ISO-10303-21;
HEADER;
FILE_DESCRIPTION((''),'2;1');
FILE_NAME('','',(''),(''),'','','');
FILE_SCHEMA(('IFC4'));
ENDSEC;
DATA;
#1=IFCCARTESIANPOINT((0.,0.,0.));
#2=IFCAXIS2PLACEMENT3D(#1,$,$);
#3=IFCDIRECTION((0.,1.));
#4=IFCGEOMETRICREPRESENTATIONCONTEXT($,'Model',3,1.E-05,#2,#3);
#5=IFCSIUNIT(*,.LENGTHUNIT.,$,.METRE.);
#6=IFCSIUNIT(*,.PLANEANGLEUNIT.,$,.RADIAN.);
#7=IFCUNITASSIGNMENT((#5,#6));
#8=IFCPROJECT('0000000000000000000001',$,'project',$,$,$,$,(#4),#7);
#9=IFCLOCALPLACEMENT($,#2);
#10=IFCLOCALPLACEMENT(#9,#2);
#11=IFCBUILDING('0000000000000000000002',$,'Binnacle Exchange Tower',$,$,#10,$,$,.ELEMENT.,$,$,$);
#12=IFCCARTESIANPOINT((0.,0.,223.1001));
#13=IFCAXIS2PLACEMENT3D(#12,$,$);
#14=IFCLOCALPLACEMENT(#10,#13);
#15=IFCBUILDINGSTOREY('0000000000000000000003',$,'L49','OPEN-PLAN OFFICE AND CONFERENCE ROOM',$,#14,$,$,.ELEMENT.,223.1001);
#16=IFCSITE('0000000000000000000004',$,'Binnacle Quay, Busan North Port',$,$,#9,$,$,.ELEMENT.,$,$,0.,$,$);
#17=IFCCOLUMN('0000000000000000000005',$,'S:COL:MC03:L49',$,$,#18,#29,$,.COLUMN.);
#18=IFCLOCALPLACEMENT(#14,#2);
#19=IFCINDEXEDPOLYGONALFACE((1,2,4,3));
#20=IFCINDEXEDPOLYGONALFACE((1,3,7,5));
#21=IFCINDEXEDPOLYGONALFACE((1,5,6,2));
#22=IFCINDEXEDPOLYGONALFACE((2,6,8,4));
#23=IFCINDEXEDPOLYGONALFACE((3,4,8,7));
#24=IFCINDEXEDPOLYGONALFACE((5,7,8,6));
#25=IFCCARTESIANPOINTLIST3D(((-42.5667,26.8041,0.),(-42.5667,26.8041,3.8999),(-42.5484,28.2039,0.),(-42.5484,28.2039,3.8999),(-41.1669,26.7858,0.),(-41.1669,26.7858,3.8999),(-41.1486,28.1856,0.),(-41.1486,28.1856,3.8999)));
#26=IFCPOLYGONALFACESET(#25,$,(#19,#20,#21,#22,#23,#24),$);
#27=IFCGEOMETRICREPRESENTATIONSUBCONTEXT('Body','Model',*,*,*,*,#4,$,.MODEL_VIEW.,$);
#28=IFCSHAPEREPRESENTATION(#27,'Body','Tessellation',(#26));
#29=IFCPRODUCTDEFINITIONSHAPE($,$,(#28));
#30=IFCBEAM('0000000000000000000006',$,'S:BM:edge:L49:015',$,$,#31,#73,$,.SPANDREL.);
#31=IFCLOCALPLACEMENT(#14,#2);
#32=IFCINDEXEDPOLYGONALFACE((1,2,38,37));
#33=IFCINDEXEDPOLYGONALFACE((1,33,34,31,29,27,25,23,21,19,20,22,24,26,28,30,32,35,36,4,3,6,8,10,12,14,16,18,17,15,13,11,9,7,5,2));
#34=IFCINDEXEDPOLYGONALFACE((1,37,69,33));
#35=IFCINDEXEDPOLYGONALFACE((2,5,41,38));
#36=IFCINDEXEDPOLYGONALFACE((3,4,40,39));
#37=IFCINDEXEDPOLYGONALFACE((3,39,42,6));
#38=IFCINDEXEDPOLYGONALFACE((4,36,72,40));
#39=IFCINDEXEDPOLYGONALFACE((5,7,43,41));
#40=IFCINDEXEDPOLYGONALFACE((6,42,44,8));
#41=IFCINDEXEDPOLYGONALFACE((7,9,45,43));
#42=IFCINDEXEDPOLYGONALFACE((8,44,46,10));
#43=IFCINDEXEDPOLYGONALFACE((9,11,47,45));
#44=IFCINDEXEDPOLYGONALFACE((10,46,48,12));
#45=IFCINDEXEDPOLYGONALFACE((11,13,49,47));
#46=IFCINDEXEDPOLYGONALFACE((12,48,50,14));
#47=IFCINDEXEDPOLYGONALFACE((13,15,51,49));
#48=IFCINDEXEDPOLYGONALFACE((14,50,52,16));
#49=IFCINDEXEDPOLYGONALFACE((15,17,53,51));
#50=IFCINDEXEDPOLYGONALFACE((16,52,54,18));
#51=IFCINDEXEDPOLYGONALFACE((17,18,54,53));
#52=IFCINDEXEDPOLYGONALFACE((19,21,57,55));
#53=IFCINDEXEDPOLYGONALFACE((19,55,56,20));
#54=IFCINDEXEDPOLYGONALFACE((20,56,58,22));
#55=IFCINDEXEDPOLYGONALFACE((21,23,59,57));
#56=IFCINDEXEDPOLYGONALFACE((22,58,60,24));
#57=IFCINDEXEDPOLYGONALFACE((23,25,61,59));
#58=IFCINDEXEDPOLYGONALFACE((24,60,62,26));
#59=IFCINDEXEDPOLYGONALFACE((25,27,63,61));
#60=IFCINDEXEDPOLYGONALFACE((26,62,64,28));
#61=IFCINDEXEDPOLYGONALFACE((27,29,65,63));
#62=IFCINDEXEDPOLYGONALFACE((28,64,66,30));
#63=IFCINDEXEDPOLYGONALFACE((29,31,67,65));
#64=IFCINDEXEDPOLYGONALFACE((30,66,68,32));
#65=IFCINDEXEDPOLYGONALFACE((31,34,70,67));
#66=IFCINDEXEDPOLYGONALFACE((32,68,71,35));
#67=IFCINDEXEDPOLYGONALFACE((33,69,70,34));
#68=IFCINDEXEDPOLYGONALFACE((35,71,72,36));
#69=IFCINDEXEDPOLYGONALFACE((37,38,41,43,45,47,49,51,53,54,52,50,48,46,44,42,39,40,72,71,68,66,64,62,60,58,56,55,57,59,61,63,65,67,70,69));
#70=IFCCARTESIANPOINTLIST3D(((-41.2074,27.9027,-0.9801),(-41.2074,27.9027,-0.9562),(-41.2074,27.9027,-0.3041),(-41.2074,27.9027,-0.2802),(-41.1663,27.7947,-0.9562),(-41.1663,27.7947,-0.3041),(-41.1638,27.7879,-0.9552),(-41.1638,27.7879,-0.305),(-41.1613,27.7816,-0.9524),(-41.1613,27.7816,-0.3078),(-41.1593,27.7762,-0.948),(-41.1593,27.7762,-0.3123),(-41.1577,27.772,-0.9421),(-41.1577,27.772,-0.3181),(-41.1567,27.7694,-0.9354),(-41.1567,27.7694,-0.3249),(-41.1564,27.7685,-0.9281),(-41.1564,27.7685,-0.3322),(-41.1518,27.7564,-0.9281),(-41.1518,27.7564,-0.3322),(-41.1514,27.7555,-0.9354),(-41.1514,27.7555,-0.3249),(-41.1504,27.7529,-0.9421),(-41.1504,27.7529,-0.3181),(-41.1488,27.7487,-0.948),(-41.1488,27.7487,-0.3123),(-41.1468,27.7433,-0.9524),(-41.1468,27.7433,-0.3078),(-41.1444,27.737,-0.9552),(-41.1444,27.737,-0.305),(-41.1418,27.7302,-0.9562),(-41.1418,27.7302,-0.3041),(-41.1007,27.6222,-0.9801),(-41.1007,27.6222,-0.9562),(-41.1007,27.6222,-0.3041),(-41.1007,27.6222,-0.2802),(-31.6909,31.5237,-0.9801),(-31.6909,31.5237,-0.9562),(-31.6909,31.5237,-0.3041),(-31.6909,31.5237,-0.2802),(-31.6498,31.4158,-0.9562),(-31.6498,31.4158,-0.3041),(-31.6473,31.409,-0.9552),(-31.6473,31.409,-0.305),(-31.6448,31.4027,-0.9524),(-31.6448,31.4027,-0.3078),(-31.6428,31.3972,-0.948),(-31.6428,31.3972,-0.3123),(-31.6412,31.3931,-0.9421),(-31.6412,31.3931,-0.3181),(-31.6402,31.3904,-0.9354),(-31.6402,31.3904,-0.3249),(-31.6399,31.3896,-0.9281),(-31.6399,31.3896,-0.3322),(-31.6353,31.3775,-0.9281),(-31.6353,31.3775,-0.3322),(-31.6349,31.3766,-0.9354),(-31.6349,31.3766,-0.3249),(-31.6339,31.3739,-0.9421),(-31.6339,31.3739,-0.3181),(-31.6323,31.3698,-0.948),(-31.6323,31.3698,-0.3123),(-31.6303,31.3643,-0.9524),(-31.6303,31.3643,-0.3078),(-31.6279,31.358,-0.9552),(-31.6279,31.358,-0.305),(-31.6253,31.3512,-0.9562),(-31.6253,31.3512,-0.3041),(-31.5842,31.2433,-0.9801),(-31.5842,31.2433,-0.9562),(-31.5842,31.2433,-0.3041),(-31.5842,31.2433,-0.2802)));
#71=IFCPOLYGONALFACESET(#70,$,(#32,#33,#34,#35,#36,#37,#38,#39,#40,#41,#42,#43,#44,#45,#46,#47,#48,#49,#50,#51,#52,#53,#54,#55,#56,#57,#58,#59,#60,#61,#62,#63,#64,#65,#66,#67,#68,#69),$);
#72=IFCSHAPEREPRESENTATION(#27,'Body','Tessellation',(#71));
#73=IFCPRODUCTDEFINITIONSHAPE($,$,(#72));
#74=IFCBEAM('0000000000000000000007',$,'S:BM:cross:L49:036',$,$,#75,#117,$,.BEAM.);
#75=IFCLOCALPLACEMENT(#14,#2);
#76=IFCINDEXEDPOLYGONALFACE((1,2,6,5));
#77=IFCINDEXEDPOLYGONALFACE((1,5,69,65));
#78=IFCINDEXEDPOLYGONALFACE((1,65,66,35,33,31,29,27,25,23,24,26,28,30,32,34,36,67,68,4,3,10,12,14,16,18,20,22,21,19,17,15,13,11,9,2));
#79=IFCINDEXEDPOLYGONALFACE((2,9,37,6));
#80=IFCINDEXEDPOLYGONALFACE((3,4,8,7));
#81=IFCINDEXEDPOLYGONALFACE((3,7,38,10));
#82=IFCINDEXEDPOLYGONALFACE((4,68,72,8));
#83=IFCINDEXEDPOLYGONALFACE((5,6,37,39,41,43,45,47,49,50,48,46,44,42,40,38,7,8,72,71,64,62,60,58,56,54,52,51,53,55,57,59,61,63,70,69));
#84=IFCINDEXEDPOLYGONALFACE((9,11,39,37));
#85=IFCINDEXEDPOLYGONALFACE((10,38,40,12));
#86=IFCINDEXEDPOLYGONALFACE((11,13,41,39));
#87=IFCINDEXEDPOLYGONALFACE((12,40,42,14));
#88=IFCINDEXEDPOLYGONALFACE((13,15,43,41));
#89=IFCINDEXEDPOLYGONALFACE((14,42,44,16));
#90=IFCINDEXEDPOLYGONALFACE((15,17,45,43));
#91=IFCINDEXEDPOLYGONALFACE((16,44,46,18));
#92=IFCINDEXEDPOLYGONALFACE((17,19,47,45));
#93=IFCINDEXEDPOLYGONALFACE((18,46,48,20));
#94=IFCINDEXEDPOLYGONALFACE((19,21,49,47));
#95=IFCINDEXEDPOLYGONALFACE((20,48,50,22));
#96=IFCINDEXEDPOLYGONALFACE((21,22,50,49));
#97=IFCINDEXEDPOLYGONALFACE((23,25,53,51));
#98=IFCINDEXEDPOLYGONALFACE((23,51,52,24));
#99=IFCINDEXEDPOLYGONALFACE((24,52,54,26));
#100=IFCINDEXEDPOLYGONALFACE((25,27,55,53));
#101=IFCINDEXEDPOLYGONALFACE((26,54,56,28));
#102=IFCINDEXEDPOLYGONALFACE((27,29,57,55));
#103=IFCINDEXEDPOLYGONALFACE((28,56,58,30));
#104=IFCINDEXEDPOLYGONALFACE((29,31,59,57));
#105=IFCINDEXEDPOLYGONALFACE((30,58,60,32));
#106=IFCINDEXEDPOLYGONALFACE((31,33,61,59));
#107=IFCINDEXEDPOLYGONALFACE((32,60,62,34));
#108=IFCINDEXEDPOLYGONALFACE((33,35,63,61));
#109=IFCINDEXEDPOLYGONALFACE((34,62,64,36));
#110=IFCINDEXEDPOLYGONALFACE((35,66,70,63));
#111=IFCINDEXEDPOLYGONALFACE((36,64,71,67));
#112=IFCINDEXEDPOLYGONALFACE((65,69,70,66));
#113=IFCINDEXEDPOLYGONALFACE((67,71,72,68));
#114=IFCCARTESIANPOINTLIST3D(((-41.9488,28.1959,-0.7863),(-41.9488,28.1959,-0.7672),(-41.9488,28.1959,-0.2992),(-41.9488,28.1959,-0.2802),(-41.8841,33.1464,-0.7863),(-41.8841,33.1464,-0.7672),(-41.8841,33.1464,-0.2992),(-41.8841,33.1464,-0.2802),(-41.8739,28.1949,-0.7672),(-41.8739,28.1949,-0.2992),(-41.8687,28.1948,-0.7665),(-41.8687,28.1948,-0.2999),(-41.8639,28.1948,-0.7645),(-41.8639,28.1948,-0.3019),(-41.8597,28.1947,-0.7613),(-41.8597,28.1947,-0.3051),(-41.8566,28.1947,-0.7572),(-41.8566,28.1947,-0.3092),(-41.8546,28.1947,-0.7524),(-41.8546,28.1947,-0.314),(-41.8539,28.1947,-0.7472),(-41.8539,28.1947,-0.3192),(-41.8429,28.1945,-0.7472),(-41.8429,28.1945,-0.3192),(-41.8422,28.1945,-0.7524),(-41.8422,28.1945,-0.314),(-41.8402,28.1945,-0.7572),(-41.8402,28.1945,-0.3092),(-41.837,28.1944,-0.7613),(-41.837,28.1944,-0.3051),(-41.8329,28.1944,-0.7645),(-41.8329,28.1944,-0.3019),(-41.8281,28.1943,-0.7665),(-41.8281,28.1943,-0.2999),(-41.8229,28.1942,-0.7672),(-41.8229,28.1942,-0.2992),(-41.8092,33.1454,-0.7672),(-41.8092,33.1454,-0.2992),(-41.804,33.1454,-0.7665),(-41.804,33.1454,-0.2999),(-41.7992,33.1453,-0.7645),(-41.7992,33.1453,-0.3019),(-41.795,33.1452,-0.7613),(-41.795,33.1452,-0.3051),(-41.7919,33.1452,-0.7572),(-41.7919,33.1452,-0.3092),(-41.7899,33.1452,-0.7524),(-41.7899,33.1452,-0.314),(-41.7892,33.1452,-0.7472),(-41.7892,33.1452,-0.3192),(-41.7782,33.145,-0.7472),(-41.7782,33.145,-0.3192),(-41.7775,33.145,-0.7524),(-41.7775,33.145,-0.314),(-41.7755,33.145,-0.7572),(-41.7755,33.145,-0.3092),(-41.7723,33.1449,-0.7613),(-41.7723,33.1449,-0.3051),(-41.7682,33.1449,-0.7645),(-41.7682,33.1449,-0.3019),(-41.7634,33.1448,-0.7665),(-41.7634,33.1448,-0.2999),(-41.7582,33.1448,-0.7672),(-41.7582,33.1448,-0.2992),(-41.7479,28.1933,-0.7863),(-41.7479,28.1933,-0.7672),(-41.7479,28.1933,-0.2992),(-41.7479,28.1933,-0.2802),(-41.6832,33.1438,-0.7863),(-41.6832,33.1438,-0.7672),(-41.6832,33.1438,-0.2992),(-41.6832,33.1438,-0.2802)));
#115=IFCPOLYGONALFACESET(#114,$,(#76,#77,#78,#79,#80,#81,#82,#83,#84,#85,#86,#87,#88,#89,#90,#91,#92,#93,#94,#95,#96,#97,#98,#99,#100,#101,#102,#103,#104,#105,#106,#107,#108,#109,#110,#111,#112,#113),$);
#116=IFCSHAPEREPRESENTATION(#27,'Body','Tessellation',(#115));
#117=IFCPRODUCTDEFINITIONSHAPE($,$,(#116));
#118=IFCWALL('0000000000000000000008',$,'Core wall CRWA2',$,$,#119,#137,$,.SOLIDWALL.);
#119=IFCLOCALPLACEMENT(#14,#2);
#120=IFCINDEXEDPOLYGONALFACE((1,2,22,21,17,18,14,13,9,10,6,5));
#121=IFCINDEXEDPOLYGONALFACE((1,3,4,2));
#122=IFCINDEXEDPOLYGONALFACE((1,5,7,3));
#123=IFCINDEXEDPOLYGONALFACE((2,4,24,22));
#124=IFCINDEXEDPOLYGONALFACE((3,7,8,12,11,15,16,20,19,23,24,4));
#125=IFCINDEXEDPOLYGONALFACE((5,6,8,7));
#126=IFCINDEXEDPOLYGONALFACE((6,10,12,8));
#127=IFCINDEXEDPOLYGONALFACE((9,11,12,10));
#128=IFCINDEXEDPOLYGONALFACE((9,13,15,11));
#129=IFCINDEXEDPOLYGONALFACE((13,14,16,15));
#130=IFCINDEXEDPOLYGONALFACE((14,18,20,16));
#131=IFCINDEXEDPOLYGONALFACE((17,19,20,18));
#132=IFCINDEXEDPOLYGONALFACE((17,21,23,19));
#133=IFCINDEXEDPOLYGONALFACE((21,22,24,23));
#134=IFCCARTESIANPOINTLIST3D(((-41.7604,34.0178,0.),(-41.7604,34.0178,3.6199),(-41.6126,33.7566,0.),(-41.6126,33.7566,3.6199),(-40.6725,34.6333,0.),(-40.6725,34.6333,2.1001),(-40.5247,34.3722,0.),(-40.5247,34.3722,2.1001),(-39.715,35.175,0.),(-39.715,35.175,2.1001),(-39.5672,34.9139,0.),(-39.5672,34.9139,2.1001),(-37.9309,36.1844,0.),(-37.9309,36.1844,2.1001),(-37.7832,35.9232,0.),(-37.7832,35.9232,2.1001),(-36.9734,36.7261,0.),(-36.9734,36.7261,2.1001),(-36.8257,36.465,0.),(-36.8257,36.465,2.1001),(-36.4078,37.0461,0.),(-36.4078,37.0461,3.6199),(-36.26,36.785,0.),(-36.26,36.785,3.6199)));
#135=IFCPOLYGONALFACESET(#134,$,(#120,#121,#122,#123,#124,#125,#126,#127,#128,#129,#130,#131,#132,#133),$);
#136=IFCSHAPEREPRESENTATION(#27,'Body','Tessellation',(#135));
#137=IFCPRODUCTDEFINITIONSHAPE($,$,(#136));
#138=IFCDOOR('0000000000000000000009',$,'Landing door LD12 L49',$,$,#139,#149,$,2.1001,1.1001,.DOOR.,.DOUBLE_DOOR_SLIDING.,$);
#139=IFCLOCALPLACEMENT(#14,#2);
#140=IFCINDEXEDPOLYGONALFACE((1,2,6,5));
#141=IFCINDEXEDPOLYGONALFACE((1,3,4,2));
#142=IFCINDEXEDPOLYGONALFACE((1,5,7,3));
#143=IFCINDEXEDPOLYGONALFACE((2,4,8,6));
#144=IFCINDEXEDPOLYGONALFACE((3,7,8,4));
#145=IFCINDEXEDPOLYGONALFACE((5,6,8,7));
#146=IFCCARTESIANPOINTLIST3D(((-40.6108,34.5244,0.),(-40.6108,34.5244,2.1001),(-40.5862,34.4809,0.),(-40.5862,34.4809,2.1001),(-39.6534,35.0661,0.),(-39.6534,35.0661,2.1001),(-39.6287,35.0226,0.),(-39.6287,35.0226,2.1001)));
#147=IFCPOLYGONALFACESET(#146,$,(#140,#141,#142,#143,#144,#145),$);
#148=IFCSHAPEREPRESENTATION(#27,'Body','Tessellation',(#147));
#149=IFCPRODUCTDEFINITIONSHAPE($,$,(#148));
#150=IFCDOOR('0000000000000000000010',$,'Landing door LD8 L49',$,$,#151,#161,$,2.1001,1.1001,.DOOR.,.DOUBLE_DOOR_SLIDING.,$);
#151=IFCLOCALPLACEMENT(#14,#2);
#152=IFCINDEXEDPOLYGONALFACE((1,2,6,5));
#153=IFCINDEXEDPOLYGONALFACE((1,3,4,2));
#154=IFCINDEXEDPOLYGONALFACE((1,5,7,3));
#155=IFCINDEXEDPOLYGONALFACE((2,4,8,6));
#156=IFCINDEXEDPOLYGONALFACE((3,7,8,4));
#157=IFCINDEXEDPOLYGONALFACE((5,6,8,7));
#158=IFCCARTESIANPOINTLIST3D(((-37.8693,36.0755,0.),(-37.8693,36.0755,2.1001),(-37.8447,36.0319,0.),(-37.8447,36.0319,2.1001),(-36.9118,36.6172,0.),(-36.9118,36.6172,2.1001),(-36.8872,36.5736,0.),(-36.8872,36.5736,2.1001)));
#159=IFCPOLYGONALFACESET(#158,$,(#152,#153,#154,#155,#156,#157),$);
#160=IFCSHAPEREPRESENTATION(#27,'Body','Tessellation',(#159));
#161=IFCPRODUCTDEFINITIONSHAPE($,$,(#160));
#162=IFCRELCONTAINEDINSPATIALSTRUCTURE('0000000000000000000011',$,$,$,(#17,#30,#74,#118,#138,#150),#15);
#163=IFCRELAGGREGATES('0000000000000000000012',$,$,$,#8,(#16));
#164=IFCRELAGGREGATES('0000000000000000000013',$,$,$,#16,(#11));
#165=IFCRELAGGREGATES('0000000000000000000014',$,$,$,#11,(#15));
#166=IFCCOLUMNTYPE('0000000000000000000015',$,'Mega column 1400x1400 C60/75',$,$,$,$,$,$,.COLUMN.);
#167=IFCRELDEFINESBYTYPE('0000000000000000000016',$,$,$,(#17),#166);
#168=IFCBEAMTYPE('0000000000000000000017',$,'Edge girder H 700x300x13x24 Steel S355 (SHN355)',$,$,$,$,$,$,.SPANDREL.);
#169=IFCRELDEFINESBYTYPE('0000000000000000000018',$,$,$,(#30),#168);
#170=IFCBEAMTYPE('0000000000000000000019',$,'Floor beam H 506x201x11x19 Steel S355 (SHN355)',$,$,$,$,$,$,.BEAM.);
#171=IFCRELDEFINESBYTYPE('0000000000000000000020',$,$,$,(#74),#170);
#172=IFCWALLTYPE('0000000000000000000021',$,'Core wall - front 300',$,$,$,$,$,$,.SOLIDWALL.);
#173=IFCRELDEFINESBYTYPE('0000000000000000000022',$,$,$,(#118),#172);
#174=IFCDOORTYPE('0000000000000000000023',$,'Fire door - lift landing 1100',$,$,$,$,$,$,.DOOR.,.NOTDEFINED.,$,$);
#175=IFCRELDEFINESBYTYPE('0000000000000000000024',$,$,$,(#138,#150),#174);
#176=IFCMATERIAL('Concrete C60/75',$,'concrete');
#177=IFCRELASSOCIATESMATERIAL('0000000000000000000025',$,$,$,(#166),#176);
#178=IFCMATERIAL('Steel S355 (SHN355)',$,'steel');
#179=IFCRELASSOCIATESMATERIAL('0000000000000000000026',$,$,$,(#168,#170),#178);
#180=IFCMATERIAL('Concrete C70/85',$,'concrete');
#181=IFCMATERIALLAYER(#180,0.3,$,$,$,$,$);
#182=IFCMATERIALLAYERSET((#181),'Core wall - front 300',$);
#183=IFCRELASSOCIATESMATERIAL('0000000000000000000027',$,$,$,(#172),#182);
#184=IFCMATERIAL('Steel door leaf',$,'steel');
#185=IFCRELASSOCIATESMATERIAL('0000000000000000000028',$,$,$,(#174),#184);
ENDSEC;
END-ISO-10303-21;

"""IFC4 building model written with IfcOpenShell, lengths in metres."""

from ifc_helpers import new_model, si_unit, direction, frame, frame_2d, origin, origin_2d, place, context, subcontext, project, spatial, rectangle, i_section, extrude, material, layer, layer_set, material_profile, profile_set, type_object, element, fill, save


model = new_model("IFC4")

# Units and contexts
model_context = context("Model", 3, precision=1e-05, world=origin(), true_north=direction((0.0, 1.0)))
body_context = subcontext(model_context, "Body", "Model", "MODEL_VIEW")
ifc_project = project(units=[si_unit("LENGTHUNIT", "METRE"), si_unit("PLANEANGLEUNIT", "RADIAN")], contexts=[model_context])

# Site, building, storey
site_placement = place(None, origin())
site = spatial("IfcSite", under=ifc_project, at=site_placement, Name="Binnacle Quay, Busan North Port", CompositionType="ELEMENT", RefElevation=0.0)
building_placement = place(site_placement, origin())
building = spatial("IfcBuilding", under=site, at=building_placement, Name="Binnacle Exchange Tower", CompositionType="ELEMENT")
storey_placement = place(building_placement, frame((0.0, 0.0, 223.1001)))
storey = spatial("IfcBuildingStorey", under=building, at=storey_placement, Name="L49", Description="OPEN-PLAN OFFICE AND CONFERENCE ROOM", CompositionType="ELEMENT", Elevation=223.1001)

# Column
ifc_material_1 = material(Name="Concrete C60/75", Category="concrete")
ifc_material_profile_1 = material_profile(ifc_material_1, rectangle(XDim=1.3999, YDim=1.3999, at=origin_2d()), Name="Mega column 1400x1400 C60/75")
ifc_profile_set_1 = profile_set([ifc_material_profile_1], Name="Concrete C60/75")
column_type = type_object("IfcColumnType", Name="Mega column 1400x1400 C60/75", PredefinedType="COLUMN", material=ifc_profile_set_1)
column_placement = place(storey_placement, frame((-41.8577, 27.4949, 0.0), z_axis=(0.0, 0.0, 1.0), x_axis=(0.999914, -0.01309, 0.0)))
element("IfcColumn", 1, at=column_placement, inside=storey, type_object=column_type, Name="S:COL:MC03:L49", PredefinedType="COLUMN", context=body_context, shape_type="SweptSolid", body=[
    extrude(rectangle(XDim=1.3999, YDim=1.3999, at=origin_2d()), origin(), (0.0, 0.0, 1.0), 3.8999),
])

# Beams
ifc_material_2 = material(Name="Steel S355 (SHN355)", Category="steel")
ifc_material_profile_2 = material_profile(ifc_material_2, i_section(OverallWidth=0.3, OverallDepth=0.7, WebThickness=0.0129, FlangeThickness=0.0239, FilletRadius=0.0281, at=origin_2d()), Name="H 700x300x13x24")
ifc_profile_set_2 = profile_set([ifc_material_profile_2], Name="Steel S355 (SHN355)")
beam_type_1 = type_object("IfcBeamType", Name="Edge girder H 700x300x13x24 Steel S355 (SHN355)", PredefinedType="SPANDREL", material=ifc_profile_set_2)
beam_1_placement = place(storey_placement, frame((-41.1541, 27.7625, -0.6301), z_axis=(0.934627, 0.355628, 0.0), x_axis=(-0.355628, 0.934627, 0.0)))
element("IfcBeam", 2, at=beam_1_placement, inside=storey, type_object=beam_type_1, Name="S:BM:edge:L49:015", PredefinedType="SPANDREL", context=body_context, shape_type="SweptSolid", body=[
    extrude(i_section(OverallWidth=0.3, OverallDepth=0.7, WebThickness=0.0129, FlangeThickness=0.0239, FilletRadius=0.0281, at=origin_2d()), origin(), (0.0, 0.0, 1.0), 10.1821),
])
ifc_material_profile_3 = material_profile(ifc_material_2, i_section(OverallWidth=0.2009, OverallDepth=0.5061, WebThickness=0.011, FlangeThickness=0.019, FilletRadius=0.02, at=origin_2d()), Name="H 506x201x11x19")
ifc_profile_set_3 = profile_set([ifc_material_profile_3], Name="Steel S355 (SHN355)")
beam_type_2 = type_object("IfcBeamType", Name="Floor beam H 506x201x11x19 Steel S355 (SHN355)", PredefinedType="BEAM", material=ifc_profile_set_3)
beam_2_placement = place(storey_placement, frame((-41.8484, 28.1946, -0.5332), z_axis=(0.013068, 0.999915, 0.0), x_axis=(-0.999915, 0.013068, 0.0)))
element("IfcBeam", 3, at=beam_2_placement, inside=storey, type_object=beam_type_2, Name="S:BM:cross:L49:036", PredefinedType="BEAM", context=body_context, shape_type="SweptSolid", body=[
    extrude(i_section(OverallWidth=0.2009, OverallDepth=0.5061, WebThickness=0.011, FlangeThickness=0.019, FilletRadius=0.02, at=origin_2d()), origin(), (0.0, 0.0, 1.0), 4.9509),
])

# Wall, openings, doors
ifc_material_3 = material(Name="Concrete C70/85", Category="concrete")
ifc_layer_1 = layer(ifc_material_3, 0.3)
ifc_layer_set_1 = layer_set([ifc_layer_1], Name="Core wall - front 300")
wall_type_1 = type_object("IfcWallType", Name="Core wall - front 300", PredefinedType="SOLIDWALL", material=ifc_layer_set_1)
wall_1_placement = place(storey_placement, frame((-41.6865, 33.8872, 0.0), z_axis=(0.0, 0.0, 1.0), x_axis=(0.870356, 0.492423, 0.0)))
wall_1 = element("IfcWall", 4, at=wall_1_placement, inside=storey, type_object=wall_type_1, Name="Core wall CRWA2", PredefinedType="SOLIDWALL", context=body_context, shape_type="SweptSolid", body=[
    extrude(rectangle(XDim=6.1499, YDim=0.3, at=frame_2d((3.075, 0.0))), origin(), (0.0, 0.0, 1.0), 3.6199),
])
opening_1_placement = place(wall_1_placement, frame((1.25, 0.0, 0.0)))
opening_1 = element("IfcOpeningElement", 5, at=opening_1_placement, cuts=wall_1, PredefinedType="OPENING", context=body_context, shape_type="SweptSolid", body=[
    extrude(rectangle(XDim=1.1001, YDim=2.1001, at=frame_2d((0.55, 1.05))), frame((0.0, 0.1599, 0.0), z_axis=(0.0, -1.0, 0.0), x_axis=(1.0, 0.0, 0.0)), (0.0, 0.0, 1.0), 0.3201),
])
opening_2_placement = place(wall_1_placement, frame((4.3999, 0.0, 0.0)))
opening_2 = element("IfcOpeningElement", 6, at=opening_2_placement, cuts=wall_1, PredefinedType="OPENING", context=body_context, shape_type="SweptSolid", body=[
    extrude(rectangle(XDim=1.1001, YDim=2.1001, at=frame_2d((0.55, 1.05))), frame((0.0, 0.1599, 0.0), z_axis=(0.0, -1.0, 0.0), x_axis=(1.0, 0.0, 0.0)), (0.0, 0.0, 1.0), 0.3201),
])
ifc_material_4 = material(Name="Steel door leaf", Category="steel")
door_type_1 = type_object("IfcDoorType", Name="Fire door - lift landing 1100", OperationType="NOTDEFINED", PredefinedType="DOOR", material=ifc_material_4)
door_1_placement = place(opening_1_placement, origin())
door_1 = element("IfcDoor", 7, at=door_1_placement, inside=storey, type_object=door_type_1, Name="Landing door LD12 L49", OperationType="DOUBLE_DOOR_SLIDING", OverallHeight=2.1001, OverallWidth=1.1001, PredefinedType="DOOR", context=body_context, shape_type="SweptSolid", body=[
    extrude(rectangle(XDim=1.1001, YDim=2.1001, at=frame_2d((0.55, 1.05))), frame((0.0, 0.0249, 0.0), z_axis=(0.0, -1.0, 0.0), x_axis=(1.0, 0.0, 0.0)), (0.0, 0.0, 1.0), 0.05),
])
fill(opening_1, door_1)
door_2_placement = place(opening_2_placement, origin())
door_2 = element("IfcDoor", 8, at=door_2_placement, inside=storey, type_object=door_type_1, Name="Landing door LD8 L49", OperationType="DOUBLE_DOOR_SLIDING", OverallHeight=2.1001, OverallWidth=1.1001, PredefinedType="DOOR", context=body_context, shape_type="SweptSolid", body=[
    extrude(rectangle(XDim=1.1001, YDim=2.1001, at=frame_2d((0.55, 1.05))), frame((0.0, 0.0249, 0.0), z_axis=(0.0, -1.0, 0.0), x_axis=(1.0, 0.0, 0.0)), (0.0, 0.0, 1.0), 0.05),
])
fill(opening_2, door_2)

save(model, "model.ifc")
